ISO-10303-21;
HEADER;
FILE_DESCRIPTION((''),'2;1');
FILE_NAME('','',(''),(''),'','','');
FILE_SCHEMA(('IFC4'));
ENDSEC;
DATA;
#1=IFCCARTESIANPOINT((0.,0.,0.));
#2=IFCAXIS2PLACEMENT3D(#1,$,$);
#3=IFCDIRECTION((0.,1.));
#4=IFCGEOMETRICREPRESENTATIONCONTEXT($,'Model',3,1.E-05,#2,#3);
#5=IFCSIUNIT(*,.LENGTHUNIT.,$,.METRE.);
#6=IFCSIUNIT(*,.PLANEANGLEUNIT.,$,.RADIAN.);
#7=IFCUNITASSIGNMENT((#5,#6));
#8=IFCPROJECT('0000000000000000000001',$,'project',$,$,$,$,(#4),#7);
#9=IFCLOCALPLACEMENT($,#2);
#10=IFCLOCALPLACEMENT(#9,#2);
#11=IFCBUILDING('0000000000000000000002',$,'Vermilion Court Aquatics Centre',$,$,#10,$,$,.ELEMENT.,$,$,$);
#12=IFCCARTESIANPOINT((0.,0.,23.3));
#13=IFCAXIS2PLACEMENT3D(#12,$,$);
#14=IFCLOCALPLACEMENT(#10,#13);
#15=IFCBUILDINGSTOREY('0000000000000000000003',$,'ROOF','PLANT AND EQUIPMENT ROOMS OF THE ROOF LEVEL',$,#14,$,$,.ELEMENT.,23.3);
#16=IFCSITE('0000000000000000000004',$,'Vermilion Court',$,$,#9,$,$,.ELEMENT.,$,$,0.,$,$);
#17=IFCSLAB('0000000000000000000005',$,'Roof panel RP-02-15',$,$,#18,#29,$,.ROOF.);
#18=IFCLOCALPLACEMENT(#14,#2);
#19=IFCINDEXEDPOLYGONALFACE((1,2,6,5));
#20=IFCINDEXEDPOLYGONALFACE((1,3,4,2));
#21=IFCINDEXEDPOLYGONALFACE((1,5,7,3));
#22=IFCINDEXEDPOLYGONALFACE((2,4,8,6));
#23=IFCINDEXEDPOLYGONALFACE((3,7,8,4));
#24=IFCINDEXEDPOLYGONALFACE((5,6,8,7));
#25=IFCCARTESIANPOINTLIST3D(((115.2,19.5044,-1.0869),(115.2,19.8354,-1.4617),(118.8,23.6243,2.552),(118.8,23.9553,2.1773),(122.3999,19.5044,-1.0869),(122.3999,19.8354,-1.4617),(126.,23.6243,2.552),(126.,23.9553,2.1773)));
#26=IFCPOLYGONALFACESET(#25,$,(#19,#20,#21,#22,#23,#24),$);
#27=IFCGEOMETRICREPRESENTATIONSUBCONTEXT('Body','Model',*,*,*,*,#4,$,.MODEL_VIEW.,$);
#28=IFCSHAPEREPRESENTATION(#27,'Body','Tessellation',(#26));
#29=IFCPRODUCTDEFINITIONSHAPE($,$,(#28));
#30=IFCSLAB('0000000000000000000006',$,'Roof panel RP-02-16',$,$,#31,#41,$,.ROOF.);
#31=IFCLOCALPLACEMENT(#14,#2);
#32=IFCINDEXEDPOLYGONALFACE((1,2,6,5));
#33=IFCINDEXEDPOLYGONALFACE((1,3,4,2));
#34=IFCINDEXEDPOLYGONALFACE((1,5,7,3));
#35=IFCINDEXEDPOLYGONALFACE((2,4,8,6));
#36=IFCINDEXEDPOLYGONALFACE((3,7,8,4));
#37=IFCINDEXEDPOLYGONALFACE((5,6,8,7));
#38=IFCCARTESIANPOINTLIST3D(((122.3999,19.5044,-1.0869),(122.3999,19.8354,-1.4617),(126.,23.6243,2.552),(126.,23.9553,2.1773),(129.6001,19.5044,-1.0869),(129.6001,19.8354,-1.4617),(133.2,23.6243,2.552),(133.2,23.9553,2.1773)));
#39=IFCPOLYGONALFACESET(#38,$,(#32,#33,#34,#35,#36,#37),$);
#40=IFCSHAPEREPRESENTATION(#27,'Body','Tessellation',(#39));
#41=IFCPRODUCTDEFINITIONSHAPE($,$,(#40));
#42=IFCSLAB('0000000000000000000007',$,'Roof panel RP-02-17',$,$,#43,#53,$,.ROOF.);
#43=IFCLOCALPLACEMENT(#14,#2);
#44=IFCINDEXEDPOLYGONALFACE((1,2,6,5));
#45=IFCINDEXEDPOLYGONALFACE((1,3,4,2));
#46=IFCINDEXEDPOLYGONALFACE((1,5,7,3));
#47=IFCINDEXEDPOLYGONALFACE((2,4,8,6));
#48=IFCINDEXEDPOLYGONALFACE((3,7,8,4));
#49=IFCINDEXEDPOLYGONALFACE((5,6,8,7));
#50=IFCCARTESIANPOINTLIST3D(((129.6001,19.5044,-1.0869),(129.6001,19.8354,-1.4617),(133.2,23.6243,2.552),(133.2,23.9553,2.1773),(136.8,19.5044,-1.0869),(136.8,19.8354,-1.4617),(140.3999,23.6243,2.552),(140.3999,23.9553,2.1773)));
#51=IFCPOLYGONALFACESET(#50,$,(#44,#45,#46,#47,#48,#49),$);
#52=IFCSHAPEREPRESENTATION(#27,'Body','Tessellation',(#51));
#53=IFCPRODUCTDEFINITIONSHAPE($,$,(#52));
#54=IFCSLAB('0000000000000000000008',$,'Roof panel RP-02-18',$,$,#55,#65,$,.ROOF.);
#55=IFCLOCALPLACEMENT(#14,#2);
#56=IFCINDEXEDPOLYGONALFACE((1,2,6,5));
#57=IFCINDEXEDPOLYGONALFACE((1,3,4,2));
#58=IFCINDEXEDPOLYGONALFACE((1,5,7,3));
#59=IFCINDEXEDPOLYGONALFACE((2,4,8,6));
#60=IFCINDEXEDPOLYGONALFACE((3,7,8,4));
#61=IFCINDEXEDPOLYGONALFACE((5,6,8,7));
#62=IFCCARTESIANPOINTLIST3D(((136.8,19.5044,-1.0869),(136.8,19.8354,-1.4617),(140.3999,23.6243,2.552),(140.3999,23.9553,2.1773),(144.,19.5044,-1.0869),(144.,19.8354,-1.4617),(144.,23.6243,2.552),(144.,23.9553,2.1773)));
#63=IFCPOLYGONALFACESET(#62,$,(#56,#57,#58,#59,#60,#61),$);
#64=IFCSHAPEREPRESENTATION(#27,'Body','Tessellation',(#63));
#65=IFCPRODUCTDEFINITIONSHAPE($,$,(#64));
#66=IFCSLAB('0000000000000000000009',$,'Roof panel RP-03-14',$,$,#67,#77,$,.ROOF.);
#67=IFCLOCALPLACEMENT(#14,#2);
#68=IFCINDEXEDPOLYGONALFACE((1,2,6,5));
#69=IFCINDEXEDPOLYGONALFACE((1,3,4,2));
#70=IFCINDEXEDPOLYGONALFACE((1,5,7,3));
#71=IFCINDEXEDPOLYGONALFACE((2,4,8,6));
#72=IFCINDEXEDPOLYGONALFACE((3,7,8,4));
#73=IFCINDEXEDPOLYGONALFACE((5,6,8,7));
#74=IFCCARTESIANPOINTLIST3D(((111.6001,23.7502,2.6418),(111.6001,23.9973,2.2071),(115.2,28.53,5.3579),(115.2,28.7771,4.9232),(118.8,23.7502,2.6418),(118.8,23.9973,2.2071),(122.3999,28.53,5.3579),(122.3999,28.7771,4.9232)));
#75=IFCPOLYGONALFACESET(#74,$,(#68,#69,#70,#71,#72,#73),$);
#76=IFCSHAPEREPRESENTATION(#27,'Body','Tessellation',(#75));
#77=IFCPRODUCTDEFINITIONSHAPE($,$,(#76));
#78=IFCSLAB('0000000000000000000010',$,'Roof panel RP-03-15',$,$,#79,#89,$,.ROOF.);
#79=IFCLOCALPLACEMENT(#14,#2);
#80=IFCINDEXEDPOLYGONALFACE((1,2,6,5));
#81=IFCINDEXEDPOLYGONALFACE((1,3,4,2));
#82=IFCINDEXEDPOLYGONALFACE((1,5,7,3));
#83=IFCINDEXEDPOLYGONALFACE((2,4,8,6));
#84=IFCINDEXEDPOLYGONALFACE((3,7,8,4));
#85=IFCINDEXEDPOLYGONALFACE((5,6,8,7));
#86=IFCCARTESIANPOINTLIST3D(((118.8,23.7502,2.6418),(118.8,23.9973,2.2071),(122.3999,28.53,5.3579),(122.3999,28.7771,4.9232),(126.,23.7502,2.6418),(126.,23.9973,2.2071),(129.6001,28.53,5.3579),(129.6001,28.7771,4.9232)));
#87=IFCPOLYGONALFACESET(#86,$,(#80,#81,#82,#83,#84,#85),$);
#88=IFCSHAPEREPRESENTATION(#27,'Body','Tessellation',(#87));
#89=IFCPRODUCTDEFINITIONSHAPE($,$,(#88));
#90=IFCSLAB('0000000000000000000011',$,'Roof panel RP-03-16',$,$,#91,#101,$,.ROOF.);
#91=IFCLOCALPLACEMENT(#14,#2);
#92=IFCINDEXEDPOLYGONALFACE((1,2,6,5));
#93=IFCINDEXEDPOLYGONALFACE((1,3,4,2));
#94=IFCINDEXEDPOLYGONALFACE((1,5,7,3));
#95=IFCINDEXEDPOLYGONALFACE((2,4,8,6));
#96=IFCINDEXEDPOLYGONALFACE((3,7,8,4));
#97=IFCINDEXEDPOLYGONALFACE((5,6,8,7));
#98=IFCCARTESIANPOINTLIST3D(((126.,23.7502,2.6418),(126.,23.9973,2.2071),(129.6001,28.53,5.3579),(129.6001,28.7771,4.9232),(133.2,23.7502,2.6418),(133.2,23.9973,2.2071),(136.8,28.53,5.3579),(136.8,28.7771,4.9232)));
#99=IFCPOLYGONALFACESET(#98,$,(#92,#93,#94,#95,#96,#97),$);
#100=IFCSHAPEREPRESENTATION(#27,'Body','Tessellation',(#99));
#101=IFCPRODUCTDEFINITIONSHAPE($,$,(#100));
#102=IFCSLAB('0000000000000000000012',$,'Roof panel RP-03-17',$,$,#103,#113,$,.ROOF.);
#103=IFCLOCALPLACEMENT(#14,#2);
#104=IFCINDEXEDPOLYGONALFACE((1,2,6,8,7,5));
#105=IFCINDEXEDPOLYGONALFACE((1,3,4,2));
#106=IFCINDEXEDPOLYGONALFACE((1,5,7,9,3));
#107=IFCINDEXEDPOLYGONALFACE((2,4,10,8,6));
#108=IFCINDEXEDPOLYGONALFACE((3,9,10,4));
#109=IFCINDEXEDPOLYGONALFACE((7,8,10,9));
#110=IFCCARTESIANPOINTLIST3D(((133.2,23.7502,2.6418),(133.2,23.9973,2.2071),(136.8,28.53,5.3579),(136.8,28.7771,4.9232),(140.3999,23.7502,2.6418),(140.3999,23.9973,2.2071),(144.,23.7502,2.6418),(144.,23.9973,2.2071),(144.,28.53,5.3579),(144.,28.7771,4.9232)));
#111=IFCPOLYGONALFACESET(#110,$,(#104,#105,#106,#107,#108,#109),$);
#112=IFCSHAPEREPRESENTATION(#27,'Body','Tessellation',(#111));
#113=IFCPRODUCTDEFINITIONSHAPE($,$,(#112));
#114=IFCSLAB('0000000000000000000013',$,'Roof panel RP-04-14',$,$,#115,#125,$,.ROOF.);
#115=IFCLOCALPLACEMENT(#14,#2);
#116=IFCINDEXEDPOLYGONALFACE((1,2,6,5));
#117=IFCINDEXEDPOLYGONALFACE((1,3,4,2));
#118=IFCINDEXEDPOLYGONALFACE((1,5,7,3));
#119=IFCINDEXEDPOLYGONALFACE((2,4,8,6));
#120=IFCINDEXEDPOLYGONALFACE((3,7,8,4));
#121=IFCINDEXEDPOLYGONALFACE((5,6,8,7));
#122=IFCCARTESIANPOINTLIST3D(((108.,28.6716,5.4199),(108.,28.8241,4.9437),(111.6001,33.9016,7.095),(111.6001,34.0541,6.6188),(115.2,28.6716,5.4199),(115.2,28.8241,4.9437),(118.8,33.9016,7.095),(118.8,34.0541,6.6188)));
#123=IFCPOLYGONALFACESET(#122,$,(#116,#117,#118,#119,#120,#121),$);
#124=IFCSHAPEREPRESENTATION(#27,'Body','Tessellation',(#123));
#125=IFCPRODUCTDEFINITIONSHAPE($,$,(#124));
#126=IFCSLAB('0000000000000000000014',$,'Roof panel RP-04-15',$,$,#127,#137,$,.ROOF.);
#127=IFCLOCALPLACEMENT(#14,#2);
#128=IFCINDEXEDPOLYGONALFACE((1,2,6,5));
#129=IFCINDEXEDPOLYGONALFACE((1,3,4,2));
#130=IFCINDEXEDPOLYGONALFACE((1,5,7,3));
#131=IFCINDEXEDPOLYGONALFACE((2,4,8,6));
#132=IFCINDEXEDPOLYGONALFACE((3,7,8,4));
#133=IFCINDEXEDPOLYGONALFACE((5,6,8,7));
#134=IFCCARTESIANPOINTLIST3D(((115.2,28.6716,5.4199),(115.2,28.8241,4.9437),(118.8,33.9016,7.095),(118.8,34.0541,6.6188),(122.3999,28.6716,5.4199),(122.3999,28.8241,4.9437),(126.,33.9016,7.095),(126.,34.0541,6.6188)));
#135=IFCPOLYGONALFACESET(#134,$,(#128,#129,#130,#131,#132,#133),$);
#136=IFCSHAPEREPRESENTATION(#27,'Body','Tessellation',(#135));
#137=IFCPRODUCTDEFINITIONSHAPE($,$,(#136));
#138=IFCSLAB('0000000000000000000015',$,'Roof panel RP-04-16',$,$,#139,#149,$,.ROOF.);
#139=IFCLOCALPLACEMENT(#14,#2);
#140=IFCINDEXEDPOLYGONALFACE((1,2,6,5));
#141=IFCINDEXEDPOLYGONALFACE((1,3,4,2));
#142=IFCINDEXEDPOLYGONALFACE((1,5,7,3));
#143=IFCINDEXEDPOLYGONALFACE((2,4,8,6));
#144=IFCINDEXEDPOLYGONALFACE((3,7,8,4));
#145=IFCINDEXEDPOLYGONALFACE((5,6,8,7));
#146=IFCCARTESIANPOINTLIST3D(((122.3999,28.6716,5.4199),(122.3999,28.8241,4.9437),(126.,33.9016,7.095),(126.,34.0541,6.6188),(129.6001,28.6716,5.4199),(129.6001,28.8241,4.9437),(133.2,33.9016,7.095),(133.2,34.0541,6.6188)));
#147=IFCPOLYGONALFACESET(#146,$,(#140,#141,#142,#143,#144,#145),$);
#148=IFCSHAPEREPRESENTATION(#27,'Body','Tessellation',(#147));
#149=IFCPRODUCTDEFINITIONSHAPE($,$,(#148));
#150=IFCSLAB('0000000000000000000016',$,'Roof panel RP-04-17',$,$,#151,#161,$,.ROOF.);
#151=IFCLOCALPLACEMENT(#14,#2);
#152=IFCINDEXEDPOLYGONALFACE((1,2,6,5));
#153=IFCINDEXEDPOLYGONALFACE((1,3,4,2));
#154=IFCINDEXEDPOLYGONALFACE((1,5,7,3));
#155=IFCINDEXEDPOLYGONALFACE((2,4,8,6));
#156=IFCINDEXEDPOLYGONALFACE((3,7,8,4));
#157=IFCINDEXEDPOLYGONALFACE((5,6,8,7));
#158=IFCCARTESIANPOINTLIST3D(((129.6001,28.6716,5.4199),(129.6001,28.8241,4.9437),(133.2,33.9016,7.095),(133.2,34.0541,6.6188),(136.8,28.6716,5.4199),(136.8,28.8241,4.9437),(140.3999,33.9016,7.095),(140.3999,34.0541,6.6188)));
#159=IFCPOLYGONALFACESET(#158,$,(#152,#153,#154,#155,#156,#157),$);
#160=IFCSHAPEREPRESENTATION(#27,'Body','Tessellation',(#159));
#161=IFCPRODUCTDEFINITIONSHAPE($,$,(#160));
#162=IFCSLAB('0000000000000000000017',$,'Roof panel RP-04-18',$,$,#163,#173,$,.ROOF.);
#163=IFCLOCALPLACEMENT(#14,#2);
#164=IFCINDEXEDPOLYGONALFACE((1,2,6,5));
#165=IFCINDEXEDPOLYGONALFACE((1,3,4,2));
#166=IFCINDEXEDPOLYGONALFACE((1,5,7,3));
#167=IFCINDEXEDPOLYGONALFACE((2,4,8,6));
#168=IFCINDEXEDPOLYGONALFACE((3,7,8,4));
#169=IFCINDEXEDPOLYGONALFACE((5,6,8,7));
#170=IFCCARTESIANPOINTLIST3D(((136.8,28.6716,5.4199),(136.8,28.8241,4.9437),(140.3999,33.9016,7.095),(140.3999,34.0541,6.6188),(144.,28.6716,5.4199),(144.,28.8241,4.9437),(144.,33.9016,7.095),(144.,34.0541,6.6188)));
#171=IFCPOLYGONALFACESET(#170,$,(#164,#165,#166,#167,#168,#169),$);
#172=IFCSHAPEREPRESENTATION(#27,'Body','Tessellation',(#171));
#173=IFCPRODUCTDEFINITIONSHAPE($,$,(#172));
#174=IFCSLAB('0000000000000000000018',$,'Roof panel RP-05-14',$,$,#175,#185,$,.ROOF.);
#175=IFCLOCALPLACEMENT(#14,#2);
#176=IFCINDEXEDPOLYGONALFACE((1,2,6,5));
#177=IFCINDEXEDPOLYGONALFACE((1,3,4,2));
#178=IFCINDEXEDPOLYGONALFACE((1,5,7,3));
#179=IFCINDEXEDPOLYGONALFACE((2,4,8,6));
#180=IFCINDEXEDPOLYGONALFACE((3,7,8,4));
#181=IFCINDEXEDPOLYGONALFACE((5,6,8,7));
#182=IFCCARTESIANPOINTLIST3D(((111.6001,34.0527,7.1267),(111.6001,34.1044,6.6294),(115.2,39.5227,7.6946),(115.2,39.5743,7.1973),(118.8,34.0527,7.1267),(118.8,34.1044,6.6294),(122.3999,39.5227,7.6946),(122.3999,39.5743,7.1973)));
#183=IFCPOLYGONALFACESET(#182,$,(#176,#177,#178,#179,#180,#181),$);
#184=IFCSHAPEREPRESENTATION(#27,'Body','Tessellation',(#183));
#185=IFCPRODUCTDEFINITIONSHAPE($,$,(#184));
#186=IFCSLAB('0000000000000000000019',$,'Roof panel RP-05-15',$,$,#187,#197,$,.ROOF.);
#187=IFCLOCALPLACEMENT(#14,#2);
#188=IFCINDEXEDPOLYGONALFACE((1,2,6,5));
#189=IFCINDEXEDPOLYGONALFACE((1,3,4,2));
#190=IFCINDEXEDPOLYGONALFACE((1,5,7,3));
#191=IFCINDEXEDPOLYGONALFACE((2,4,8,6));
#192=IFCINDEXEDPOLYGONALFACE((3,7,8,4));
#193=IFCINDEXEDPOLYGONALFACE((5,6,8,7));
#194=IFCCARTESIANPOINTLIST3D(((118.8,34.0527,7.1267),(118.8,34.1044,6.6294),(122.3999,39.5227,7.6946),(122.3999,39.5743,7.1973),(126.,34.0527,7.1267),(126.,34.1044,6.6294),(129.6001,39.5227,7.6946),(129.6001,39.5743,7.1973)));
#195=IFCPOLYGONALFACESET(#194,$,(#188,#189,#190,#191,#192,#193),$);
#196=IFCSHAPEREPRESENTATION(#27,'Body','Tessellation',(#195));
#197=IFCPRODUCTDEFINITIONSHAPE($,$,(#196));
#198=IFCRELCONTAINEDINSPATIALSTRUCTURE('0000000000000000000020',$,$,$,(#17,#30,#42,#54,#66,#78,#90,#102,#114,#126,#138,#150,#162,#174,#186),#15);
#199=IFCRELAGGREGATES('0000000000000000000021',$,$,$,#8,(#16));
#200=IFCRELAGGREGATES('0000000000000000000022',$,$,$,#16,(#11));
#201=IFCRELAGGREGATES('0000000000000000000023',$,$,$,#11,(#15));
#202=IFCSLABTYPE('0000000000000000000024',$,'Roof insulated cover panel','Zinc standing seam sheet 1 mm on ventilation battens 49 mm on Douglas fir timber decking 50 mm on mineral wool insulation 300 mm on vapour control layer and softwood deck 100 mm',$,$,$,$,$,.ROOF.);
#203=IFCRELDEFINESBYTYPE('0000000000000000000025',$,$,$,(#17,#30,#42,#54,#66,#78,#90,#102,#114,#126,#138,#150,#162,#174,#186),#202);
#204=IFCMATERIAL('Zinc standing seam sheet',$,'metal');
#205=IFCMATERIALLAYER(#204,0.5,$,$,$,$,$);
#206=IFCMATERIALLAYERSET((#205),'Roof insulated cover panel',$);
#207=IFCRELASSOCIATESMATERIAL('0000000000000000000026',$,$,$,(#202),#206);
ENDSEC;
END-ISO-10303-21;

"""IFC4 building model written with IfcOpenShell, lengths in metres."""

from ifc_helpers import new_model, si_unit, direction, frame, origin, place, context, subcontext, project, spatial, polyline, outline, extrude, material, layer, layer_set, type_object, element, save


model = new_model("IFC4")

# Units and contexts
model_context = context("Model", 3, precision=1e-05, world=origin(), true_north=direction((0.0, 1.0)))
body_context = subcontext(model_context, "Body", "Model", "MODEL_VIEW")
ifc_project = project(units=[si_unit("LENGTHUNIT", "METRE"), si_unit("PLANEANGLEUNIT", "RADIAN")], contexts=[model_context])

# Site, building, storey
site_placement = place(None, origin())
site = spatial("IfcSite", under=ifc_project, at=site_placement, Name="Vermilion Court", CompositionType="ELEMENT", RefElevation=0.0)
building_placement = place(site_placement, origin())
building = spatial("IfcBuilding", under=site, at=building_placement, Name="Vermilion Court Aquatics Centre", CompositionType="ELEMENT")
storey_placement = place(building_placement, frame((0.0, 0.0, 23.3)))
storey = spatial("IfcBuildingStorey", under=building, at=storey_placement, Name="ROOF", Description="PLANT AND EQUIPMENT ROOMS OF THE ROOF LEVEL", CompositionType="ELEMENT", Elevation=23.3)

# Slabs
ifc_material = material(Name="Zinc standing seam sheet", Category="metal")
ifc_layer = layer(ifc_material, 0.5)
ifc_layer_set = layer_set([ifc_layer], Name="Roof insulated cover panel")
slab_type = type_object("IfcSlabType", Name="Roof insulated cover panel", Description="Zinc standing seam sheet 1 mm on ventilation battens 49 mm on Douglas fir timber decking 50 mm on mineral wool insulation 300 mm on vapour control layer and softwood deck 100 mm", PredefinedType="ROOF", material=ifc_layer_set)
slab_1_placement = place(storey_placement, frame((115.2, 19.5044, -1.0869), z_axis=(0.0, -0.662003, 0.749501), x_axis=(1.0, 0.0, 0.0)))
element("IfcSlab", 1, at=slab_1_placement, inside=storey, type_object=slab_type, Name="Roof panel RP-02-15", PredefinedType="ROOF", context=body_context, shape_type="SweptSolid", body=[
    extrude(outline(polyline([(0.0, 0.0), (7.2, 0.0), (10.8, 5.4968), (3.6001, 5.4968), (0.0, 0.0)])), origin(), (0.0, 0.0, -1.0), 0.5),
])
slab_2_placement = place(storey_placement, frame((122.3999, 19.5044, -1.0869), z_axis=(0.0, -0.662003, 0.749501), x_axis=(1.0, 0.0, 0.0)))
element("IfcSlab", 2, at=slab_2_placement, inside=storey, type_object=slab_type, Name="Roof panel RP-02-16", PredefinedType="ROOF", context=body_context, shape_type="SweptSolid", body=[
    extrude(outline(polyline([(0.0, 0.0), (7.2002, 0.0), (10.8, 5.4968), (3.6001, 5.4968), (0.0, 0.0)])), origin(), (0.0, 0.0, -1.0), 0.5),
])
slab_3_placement = place(storey_placement, frame((129.6001, 19.5044, -1.0869), z_axis=(0.0, -0.662003, 0.749501), x_axis=(1.0, 0.0, 0.0)))
element("IfcSlab", 3, at=slab_3_placement, inside=storey, type_object=slab_type, Name="Roof panel RP-02-17", PredefinedType="ROOF", context=body_context, shape_type="SweptSolid", body=[
    extrude(outline(polyline([(0.0, 0.0), (7.2, 0.0), (10.7998, 5.4968), (3.5999, 5.4968), (0.0, 0.0)])), origin(), (0.0, 0.0, -1.0), 0.5),
])
slab_4_placement = place(storey_placement, frame((136.8, 19.5044, -1.0869), z_axis=(0.0, -0.662003, 0.749501), x_axis=(1.0, 0.0, 0.0)))
element("IfcSlab", 4, at=slab_4_placement, inside=storey, type_object=slab_type, Name="Roof panel RP-02-18", PredefinedType="ROOF", context=body_context, shape_type="SweptSolid", body=[
    extrude(outline(polyline([(0.0, 0.0), (7.2, 0.0), (7.2, 5.4968), (3.5999, 5.4968), (0.0, 0.0)])), origin(), (0.0, 0.0, -1.0), 0.5),
])
slab_5_placement = place(storey_placement, frame((111.6001, 23.7502, 2.6418), z_axis=(0.0, -0.494048, 0.869435), x_axis=(1.0, 0.0, 0.0)))
element("IfcSlab", 5, at=slab_5_placement, inside=storey, type_object=slab_type, Name="Roof panel RP-03-14", PredefinedType="ROOF", context=body_context, shape_type="SweptSolid", body=[
    extrude(outline(polyline([(0.0, 0.0), (7.2, 0.0), (10.7998, 5.4976), (3.5999, 5.4976), (0.0, 0.0)])), origin(), (0.0, 0.0, -1.0), 0.5),
])
slab_6_placement = place(storey_placement, frame((118.8, 23.7502, 2.6418), z_axis=(0.0, -0.494048, 0.869435), x_axis=(1.0, 0.0, 0.0)))
element("IfcSlab", 6, at=slab_6_placement, inside=storey, type_object=slab_type, Name="Roof panel RP-03-15", PredefinedType="ROOF", context=body_context, shape_type="SweptSolid", body=[
    extrude(outline(polyline([(0.0, 0.0), (7.2, 0.0), (10.8, 5.4976), (3.5999, 5.4976), (0.0, 0.0)])), origin(), (0.0, 0.0, -1.0), 0.5),
])
slab_7_placement = place(storey_placement, frame((126.0, 23.7502, 2.6418), z_axis=(0.0, -0.494048, 0.869435), x_axis=(1.0, 0.0, 0.0)))
element("IfcSlab", 7, at=slab_7_placement, inside=storey, type_object=slab_type, Name="Roof panel RP-03-16", PredefinedType="ROOF", context=body_context, shape_type="SweptSolid", body=[
    extrude(outline(polyline([(0.0, 0.0), (7.2, 0.0), (10.8, 5.4976), (3.6001, 5.4976), (0.0, 0.0)])), origin(), (0.0, 0.0, -1.0), 0.5),
])
slab_8_placement = place(storey_placement, frame((133.2, 23.7502, 2.6418), z_axis=(0.0, -0.494048, 0.869435), x_axis=(1.0, 0.0, 0.0)))
element("IfcSlab", 8, at=slab_8_placement, inside=storey, type_object=slab_type, Name="Roof panel RP-03-17", PredefinedType="ROOF", context=body_context, shape_type="SweptSolid", body=[
    extrude(outline(polyline([(0.0, 0.0), (7.2, 0.0), (10.8, 0.0), (10.8, 5.4976), (3.6001, 5.4976), (0.0, 0.0)])), origin(), (0.0, 0.0, -1.0), 0.5),
])
for number, where, z_axis, x_axis, name in (
    (9, (108.0, 28.6716, 5.4199), (0.0, -0.305016, 0.952347), (1.0, 0.0, 0.0), "Roof panel RP-04-14"),
    (10, (115.2, 28.6716, 5.4199), (0.0, -0.305016, 0.952347), (1.0, 0.0, 0.0), "Roof panel RP-04-15"),
):
    element("IfcSlab", number, at=place(storey_placement, frame(where, z_axis=z_axis, x_axis=x_axis)), inside=storey, type_object=slab_type, Name=name, PredefinedType="ROOF", context=body_context, shape_type="SweptSolid", body=[
        extrude(outline(polyline([(0.0, 0.0), (7.2, 0.0), (10.8, 5.4917), (3.6001, 5.4917), (0.0, 0.0)])), origin(), (0.0, 0.0, -1.0), 0.5),
    ])
slab_9_placement = place(storey_placement, frame((122.3999, 28.6716, 5.4199), z_axis=(0.0, -0.305016, 0.952347), x_axis=(1.0, 0.0, 0.0)))
element("IfcSlab", 11, at=slab_9_placement, inside=storey, type_object=slab_type, Name="Roof panel RP-04-16", PredefinedType="ROOF", context=body_context, shape_type="SweptSolid", body=[
    extrude(outline(polyline([(0.0, 0.0), (7.2002, 0.0), (10.8, 5.4917), (3.6001, 5.4917), (0.0, 0.0)])), origin(), (0.0, 0.0, -1.0), 0.5),
])
slab_10_placement = place(storey_placement, frame((129.6001, 28.6716, 5.4199), z_axis=(0.0, -0.305016, 0.952347), x_axis=(1.0, 0.0, 0.0)))
element("IfcSlab", 12, at=slab_10_placement, inside=storey, type_object=slab_type, Name="Roof panel RP-04-17", PredefinedType="ROOF", context=body_context, shape_type="SweptSolid", body=[
    extrude(outline(polyline([(0.0, 0.0), (7.2, 0.0), (10.7998, 5.4917), (3.5999, 5.4917), (0.0, 0.0)])), origin(), (0.0, 0.0, -1.0), 0.5),
])
slab_11_placement = place(storey_placement, frame((136.8, 28.6716, 5.4199), z_axis=(0.0, -0.305016, 0.952347), x_axis=(1.0, 0.0, 0.0)))
element("IfcSlab", 13, at=slab_11_placement, inside=storey, type_object=slab_type, Name="Roof panel RP-04-18", PredefinedType="ROOF", context=body_context, shape_type="SweptSolid", body=[
    extrude(outline(polyline([(0.0, 0.0), (7.2, 0.0), (7.2, 5.4917), (3.5999, 5.4917), (0.0, 0.0)])), origin(), (0.0, 0.0, -1.0), 0.5),
])
slab_12_placement = place(storey_placement, frame((111.6001, 34.0527, 7.1267), z_axis=(0.0, -0.103261, 0.994654), x_axis=(1.0, 0.0, 0.0)))
element("IfcSlab", 14, at=slab_12_placement, inside=storey, type_object=slab_type, Name="Roof panel RP-05-14", PredefinedType="ROOF", context=body_context, shape_type="SweptSolid", body=[
    extrude(outline(polyline([(0.0, 0.0), (7.2, 0.0), (10.7998, 5.4994), (3.5999, 5.4994), (0.0, 0.0)])), origin(), (0.0, 0.0, -1.0), 0.5),
])
slab_13_placement = place(storey_placement, frame((118.8, 34.0527, 7.1267), z_axis=(0.0, -0.103261, 0.994654), x_axis=(1.0, 0.0, 0.0)))
element("IfcSlab", 15, at=slab_13_placement, inside=storey, type_object=slab_type, Name="Roof panel RP-05-15", PredefinedType="ROOF", context=body_context, shape_type="SweptSolid", body=[
    extrude(outline(polyline([(0.0, 0.0), (7.2, 0.0), (10.8, 5.4994), (3.5999, 5.4994), (0.0, 0.0)])), origin(), (0.0, 0.0, -1.0), 0.5),
])

save(model, "model.ifc")
